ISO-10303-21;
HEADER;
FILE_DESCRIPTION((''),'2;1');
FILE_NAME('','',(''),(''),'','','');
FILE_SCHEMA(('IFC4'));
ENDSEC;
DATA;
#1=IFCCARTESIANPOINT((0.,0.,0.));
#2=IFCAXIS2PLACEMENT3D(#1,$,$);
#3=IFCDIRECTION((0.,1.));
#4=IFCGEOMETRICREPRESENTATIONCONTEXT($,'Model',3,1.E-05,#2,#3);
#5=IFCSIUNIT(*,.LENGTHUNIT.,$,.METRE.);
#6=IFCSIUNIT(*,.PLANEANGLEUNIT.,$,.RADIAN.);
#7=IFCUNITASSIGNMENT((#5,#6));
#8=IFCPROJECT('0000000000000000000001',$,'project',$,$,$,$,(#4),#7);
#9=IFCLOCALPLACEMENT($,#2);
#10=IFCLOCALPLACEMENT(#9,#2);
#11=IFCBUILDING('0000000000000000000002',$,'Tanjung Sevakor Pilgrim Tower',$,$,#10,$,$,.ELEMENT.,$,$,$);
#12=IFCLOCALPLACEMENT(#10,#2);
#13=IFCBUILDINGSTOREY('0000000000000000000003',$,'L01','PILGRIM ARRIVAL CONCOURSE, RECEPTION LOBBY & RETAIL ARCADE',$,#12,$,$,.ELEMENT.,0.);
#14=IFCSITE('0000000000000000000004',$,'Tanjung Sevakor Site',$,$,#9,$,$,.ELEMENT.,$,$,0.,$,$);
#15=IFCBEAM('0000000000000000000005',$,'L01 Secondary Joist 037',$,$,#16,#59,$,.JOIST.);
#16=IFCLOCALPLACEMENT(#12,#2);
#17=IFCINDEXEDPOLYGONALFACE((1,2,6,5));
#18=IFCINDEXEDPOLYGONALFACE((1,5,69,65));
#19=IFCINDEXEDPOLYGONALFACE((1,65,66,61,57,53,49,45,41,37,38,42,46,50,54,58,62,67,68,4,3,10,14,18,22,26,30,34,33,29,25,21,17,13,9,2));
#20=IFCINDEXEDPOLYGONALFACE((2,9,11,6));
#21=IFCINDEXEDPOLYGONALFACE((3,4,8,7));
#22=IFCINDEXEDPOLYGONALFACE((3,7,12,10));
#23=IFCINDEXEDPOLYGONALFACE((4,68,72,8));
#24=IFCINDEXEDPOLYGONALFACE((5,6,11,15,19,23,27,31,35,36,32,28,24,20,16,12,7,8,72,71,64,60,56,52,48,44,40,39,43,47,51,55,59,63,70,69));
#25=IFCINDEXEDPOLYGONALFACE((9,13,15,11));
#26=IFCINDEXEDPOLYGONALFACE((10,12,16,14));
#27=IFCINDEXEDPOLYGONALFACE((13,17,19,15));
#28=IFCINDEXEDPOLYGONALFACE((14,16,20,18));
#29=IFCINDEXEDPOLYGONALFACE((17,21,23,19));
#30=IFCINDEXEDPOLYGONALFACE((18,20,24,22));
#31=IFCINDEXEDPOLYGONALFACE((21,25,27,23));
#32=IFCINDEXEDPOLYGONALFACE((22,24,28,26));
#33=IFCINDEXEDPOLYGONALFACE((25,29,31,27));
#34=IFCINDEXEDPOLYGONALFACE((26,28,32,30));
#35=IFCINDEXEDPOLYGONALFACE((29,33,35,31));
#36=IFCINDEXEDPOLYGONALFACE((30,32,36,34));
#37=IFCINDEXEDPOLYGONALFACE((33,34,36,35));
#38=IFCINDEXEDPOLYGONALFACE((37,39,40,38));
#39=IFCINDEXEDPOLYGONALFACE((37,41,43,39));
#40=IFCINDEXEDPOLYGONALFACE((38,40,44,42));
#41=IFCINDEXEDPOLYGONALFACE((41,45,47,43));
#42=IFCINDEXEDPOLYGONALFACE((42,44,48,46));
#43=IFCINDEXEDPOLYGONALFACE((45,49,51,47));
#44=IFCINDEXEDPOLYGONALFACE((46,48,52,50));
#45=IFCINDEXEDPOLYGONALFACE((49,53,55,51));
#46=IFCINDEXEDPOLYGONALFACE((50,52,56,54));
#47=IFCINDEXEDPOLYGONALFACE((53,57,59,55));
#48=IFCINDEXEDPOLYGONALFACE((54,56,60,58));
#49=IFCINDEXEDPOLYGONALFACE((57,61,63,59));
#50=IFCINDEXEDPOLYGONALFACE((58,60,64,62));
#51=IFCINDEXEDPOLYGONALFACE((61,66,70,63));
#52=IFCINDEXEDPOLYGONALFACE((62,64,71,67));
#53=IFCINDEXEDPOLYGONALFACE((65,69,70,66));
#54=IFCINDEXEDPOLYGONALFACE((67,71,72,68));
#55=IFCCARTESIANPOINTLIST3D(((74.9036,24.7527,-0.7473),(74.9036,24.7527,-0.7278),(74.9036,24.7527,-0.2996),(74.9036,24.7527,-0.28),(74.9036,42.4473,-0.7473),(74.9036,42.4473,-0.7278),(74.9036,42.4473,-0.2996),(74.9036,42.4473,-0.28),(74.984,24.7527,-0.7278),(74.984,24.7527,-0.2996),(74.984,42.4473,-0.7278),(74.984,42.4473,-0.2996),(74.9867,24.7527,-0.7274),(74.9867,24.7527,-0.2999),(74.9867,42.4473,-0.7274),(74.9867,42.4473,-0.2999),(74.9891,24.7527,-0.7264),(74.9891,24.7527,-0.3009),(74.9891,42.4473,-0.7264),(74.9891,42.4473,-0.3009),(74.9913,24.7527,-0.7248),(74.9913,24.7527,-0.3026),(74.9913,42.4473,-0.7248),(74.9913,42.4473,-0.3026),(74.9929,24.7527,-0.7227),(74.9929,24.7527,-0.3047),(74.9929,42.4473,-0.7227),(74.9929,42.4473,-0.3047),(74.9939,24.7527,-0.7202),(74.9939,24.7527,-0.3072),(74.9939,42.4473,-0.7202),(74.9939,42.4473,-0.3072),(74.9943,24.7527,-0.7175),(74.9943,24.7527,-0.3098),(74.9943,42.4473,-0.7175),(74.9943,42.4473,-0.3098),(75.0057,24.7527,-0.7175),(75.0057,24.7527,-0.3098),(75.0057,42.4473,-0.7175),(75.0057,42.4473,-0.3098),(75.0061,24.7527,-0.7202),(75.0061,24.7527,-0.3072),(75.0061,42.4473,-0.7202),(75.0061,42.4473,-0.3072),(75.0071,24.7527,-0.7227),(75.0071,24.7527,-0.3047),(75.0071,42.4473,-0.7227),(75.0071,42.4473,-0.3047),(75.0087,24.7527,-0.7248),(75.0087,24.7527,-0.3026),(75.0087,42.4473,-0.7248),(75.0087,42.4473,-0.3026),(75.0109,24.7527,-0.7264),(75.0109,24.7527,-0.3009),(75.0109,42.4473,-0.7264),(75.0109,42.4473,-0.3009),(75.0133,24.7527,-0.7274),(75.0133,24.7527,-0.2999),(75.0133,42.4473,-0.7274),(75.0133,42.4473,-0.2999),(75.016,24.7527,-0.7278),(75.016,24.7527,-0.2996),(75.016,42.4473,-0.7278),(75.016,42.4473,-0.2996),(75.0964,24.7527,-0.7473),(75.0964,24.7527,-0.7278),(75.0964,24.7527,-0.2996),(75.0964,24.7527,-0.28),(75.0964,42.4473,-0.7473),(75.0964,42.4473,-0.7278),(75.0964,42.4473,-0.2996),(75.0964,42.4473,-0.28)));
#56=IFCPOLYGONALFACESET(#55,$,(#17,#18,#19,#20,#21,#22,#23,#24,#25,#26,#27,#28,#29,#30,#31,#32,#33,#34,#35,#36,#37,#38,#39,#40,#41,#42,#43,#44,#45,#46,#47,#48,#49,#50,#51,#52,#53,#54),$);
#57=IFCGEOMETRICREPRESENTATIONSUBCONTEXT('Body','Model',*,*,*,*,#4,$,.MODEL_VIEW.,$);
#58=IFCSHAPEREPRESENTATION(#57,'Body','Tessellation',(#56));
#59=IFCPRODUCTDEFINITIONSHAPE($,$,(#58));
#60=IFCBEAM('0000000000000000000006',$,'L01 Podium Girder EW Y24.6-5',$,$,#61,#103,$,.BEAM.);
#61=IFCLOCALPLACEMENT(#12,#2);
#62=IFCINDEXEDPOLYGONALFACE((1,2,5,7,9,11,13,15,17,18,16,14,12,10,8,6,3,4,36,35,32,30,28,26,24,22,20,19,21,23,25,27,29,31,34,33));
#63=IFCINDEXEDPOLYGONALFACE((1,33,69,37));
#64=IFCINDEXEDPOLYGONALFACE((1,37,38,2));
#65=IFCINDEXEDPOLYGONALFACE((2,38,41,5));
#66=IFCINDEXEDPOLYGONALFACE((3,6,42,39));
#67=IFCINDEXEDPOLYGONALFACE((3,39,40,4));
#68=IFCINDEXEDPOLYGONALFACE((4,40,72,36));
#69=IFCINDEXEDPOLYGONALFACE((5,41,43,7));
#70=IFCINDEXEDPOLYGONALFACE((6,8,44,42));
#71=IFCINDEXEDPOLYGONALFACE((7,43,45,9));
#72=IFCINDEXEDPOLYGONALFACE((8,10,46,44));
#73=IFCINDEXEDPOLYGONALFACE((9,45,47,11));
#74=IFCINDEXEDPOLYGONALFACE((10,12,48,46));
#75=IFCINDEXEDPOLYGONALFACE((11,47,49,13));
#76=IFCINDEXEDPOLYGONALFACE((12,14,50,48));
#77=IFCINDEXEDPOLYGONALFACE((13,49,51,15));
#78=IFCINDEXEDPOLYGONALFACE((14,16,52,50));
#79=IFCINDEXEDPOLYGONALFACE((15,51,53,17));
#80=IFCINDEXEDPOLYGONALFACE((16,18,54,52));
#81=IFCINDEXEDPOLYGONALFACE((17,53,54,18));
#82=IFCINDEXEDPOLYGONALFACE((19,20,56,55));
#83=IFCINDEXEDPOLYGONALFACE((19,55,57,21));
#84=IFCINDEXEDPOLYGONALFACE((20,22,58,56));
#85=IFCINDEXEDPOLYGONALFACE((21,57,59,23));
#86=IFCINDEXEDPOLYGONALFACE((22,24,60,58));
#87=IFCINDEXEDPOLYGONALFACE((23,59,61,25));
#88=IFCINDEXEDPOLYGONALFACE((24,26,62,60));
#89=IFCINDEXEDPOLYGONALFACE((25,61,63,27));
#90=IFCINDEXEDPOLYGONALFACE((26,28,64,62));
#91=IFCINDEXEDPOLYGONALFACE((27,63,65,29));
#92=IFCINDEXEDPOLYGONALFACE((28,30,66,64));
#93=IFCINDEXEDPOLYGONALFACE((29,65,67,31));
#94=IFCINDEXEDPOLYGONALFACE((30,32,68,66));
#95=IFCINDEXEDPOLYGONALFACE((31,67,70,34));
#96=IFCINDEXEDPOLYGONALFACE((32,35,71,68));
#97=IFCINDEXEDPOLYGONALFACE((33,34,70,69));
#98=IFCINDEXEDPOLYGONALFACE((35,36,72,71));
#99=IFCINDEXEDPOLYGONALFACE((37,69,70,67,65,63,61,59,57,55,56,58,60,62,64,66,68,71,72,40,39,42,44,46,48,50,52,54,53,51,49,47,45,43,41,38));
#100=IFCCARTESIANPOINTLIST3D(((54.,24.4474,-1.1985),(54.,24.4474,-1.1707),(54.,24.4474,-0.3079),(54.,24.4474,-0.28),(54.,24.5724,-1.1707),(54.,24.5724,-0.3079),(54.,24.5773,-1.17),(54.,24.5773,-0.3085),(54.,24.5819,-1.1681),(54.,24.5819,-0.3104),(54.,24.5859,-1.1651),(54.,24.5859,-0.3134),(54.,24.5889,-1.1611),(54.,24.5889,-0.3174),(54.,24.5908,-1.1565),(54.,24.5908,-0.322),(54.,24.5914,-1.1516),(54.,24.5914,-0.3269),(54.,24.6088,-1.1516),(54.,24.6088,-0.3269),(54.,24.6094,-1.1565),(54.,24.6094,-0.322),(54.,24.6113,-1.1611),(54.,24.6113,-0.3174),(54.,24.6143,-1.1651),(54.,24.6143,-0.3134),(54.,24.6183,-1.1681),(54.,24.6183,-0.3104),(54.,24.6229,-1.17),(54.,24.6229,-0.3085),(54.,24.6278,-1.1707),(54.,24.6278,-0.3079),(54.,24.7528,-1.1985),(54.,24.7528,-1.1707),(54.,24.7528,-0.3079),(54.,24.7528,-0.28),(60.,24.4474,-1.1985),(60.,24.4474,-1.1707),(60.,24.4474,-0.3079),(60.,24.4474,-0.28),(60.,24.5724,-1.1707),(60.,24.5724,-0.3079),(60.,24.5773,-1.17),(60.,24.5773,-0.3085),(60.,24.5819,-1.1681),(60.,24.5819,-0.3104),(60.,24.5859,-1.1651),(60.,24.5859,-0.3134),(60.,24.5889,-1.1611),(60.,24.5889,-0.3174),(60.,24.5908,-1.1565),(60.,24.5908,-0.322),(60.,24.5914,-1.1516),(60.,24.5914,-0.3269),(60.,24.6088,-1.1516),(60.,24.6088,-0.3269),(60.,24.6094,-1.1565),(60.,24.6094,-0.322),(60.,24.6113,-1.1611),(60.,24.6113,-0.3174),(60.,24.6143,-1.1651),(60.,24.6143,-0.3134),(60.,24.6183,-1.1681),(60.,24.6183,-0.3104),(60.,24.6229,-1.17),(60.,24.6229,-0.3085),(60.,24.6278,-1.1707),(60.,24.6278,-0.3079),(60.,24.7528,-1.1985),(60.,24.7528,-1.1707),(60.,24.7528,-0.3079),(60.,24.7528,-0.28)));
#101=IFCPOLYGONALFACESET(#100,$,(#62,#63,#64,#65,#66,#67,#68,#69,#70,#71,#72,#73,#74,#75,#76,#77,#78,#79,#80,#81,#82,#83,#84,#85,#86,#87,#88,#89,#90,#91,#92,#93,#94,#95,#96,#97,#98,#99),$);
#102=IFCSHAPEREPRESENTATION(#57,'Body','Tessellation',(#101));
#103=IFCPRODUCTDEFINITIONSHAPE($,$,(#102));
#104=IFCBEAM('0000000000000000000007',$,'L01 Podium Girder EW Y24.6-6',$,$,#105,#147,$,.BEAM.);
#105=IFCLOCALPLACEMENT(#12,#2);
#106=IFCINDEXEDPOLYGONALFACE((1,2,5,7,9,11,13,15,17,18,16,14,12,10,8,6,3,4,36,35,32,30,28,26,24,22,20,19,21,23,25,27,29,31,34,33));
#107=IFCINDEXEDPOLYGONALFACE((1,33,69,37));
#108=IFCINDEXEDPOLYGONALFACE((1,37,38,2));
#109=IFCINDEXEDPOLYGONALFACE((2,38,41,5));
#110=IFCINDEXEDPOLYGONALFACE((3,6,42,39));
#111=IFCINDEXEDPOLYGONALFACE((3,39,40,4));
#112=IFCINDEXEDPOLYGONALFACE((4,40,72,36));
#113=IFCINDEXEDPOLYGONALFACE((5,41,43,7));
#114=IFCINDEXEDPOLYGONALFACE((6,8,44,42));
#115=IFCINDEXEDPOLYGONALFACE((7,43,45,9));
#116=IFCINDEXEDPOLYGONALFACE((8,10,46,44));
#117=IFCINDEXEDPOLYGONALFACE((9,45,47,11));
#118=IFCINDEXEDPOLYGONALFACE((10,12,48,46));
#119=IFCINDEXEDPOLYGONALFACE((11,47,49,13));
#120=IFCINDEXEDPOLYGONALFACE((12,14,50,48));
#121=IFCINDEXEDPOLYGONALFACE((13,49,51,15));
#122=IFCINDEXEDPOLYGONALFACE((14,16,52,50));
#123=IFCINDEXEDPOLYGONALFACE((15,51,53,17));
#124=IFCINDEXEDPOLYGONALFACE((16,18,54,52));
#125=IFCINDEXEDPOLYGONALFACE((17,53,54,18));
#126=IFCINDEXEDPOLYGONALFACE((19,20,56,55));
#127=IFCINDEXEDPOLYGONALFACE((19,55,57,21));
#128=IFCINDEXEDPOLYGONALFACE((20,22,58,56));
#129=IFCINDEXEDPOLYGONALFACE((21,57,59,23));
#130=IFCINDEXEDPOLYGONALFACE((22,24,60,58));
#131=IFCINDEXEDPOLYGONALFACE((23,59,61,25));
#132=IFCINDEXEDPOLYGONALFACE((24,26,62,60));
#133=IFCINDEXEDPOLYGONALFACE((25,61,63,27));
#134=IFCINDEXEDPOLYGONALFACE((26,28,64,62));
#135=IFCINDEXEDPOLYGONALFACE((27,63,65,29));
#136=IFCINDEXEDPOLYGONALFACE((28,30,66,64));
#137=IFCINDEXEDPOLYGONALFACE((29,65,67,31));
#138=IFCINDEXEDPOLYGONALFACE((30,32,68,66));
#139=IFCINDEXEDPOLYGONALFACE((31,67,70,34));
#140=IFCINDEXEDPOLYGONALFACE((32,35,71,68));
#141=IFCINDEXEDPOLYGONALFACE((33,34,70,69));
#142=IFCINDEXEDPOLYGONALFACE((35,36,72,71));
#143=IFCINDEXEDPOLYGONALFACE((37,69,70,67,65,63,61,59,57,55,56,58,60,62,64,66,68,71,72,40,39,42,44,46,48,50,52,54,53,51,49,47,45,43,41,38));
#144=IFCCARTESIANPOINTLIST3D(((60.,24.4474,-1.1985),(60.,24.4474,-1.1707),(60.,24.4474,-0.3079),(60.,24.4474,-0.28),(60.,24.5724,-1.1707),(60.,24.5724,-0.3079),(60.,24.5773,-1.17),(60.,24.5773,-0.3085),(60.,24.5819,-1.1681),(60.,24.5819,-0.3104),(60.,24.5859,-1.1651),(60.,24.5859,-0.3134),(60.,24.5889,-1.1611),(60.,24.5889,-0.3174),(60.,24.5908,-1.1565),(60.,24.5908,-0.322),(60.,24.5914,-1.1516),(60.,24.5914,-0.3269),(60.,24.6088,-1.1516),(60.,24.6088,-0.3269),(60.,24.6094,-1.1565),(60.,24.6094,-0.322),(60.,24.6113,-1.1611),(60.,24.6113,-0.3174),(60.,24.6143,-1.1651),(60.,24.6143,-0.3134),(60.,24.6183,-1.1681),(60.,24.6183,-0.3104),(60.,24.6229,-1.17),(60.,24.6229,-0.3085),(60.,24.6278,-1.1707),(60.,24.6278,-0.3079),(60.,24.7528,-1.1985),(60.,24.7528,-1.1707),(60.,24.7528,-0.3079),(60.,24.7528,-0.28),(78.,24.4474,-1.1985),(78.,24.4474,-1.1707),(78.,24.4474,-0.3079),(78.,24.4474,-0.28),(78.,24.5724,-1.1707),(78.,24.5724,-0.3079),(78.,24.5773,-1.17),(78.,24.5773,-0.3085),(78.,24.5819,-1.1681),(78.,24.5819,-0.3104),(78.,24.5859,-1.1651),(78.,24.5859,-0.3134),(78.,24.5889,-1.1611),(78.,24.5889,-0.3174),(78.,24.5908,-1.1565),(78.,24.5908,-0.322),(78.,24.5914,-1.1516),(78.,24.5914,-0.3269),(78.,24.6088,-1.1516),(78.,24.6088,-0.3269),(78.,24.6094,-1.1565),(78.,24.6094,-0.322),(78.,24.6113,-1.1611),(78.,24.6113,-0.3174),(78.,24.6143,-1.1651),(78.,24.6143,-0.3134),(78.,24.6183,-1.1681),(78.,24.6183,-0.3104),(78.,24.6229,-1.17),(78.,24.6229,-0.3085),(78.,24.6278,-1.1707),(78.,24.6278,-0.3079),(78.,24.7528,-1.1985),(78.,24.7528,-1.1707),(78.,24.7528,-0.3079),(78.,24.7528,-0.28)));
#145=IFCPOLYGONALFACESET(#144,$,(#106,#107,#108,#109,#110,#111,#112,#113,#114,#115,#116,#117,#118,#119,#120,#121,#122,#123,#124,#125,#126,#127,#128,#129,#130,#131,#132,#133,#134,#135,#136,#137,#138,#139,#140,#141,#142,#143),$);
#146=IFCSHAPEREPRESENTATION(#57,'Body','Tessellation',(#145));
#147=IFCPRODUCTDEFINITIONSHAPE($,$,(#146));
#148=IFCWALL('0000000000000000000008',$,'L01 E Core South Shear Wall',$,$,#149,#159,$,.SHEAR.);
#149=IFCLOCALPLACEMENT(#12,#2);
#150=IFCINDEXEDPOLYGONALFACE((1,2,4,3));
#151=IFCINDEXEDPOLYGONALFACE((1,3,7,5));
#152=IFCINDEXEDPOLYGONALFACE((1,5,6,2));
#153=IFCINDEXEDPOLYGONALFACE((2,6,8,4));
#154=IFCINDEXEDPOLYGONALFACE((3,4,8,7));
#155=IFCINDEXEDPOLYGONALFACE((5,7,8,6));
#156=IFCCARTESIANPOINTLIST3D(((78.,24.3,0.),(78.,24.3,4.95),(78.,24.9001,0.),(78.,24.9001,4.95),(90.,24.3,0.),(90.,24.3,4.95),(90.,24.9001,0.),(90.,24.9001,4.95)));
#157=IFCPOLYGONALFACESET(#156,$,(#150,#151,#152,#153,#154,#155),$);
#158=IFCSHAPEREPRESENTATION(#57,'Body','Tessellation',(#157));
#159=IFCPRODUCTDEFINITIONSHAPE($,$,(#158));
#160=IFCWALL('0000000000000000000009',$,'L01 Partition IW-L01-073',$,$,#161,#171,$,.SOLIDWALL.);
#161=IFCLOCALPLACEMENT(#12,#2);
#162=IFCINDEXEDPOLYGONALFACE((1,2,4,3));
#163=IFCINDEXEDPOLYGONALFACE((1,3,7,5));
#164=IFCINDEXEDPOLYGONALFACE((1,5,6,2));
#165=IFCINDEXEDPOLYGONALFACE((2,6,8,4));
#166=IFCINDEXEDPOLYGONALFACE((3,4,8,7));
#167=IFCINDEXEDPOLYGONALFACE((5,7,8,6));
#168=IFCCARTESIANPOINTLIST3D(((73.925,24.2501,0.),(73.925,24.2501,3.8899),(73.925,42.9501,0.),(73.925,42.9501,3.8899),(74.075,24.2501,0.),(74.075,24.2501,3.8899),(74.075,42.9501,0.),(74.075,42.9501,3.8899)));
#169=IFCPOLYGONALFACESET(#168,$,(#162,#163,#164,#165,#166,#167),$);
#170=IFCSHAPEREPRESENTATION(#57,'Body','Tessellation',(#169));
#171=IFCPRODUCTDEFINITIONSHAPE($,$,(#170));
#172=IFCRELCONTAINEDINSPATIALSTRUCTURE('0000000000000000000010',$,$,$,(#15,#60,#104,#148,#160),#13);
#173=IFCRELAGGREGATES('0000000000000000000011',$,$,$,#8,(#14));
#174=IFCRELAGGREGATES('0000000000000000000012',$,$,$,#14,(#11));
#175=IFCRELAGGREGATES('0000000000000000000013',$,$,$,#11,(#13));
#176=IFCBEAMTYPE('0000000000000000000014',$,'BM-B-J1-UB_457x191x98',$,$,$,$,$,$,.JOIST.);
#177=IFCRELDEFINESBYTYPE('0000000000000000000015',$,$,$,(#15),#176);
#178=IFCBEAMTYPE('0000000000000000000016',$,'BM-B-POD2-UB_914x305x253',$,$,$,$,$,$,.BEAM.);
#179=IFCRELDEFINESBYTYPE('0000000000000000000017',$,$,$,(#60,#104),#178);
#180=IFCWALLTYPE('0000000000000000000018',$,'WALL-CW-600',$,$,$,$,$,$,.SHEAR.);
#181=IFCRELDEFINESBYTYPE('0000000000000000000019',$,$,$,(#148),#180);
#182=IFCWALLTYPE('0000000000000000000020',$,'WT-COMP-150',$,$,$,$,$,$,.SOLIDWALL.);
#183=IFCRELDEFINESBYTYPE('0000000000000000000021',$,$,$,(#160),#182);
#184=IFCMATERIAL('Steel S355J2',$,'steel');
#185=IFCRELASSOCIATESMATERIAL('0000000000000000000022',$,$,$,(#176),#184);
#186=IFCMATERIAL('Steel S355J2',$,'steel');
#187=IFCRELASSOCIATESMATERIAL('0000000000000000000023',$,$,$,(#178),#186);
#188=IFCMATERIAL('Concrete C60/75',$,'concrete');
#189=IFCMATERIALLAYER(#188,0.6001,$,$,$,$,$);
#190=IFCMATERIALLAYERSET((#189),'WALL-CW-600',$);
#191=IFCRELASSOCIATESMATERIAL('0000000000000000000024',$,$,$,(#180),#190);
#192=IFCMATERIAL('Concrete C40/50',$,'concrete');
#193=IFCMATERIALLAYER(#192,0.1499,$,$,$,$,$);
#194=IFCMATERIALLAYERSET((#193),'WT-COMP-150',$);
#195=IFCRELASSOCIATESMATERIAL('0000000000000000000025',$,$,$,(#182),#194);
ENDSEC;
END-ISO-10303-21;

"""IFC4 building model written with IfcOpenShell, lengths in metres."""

from ifc_helpers import new_model, si_unit, direction, frame, frame_2d, origin, origin_2d, place, context, subcontext, project, spatial, rectangle, i_section, extrude, material, layer, layer_set, material_profile, profile_set, type_object, element, save


model = new_model("IFC4")

# Units and contexts
model_context = context("Model", 3, precision=1e-05, world=origin(), true_north=direction((0.0, 1.0)))
body_context = subcontext(model_context, "Body", "Model", "MODEL_VIEW")
ifc_project = project(units=[si_unit("LENGTHUNIT", "METRE"), si_unit("PLANEANGLEUNIT", "RADIAN")], contexts=[model_context])

# Site, building, storey
site_placement = place(None, origin())
site = spatial("IfcSite", under=ifc_project, at=site_placement, Name="Tanjung Sevakor Site", CompositionType="ELEMENT", RefElevation=0.0)
building_placement = place(site_placement, origin())
building = spatial("IfcBuilding", under=site, at=building_placement, Name="Tanjung Sevakor Pilgrim Tower", CompositionType="ELEMENT")
storey_placement = place(building_placement, origin())
storey = spatial("IfcBuildingStorey", under=building, at=storey_placement, Name="L01", Description="PILGRIM ARRIVAL CONCOURSE, RECEPTION LOBBY & RETAIL ARCADE", CompositionType="ELEMENT", Elevation=0.0)

# Beams
ifc_material_1 = material(Name="Steel S355J2", Category="steel")
ifc_material_profile_1 = material_profile(ifc_material_1, i_section(OverallWidth=0.1929, OverallDepth=0.4673, WebThickness=0.0115, FlangeThickness=0.0195, FilletRadius=0.0103, at=origin_2d()))
ifc_profile_set_1 = profile_set([ifc_material_profile_1], Name="Steel S355J2")
beam_type_1 = type_object("IfcBeamType", Name="BM-B-J1-UB_457x191x98", PredefinedType="JOIST", material=ifc_profile_set_1)
for number, where, z_axis, x_axis, name in (
    (1, (75.0, 24.7527, -0.5137), (0.0, 1.0, 0.0), (-1.0, 0.0, 0.0), "L01 Secondary Joist 037"),
):
    element("IfcBeam", number, at=place(storey_placement, frame(where, z_axis=z_axis, x_axis=x_axis)), inside=storey, type_object=beam_type_1, Name=name, PredefinedType="JOIST", context=body_context, shape_type="SweptSolid", body=[
        extrude(i_section(OverallWidth=0.1929, OverallDepth=0.4673, WebThickness=0.0115, FlangeThickness=0.0195, FilletRadius=0.0103, at=origin_2d()), origin(), (0.0, 0.0, 1.0), 17.6946),
    ])
ifc_material_2 = material(Name="Steel S355J2", Category="steel")
ifc_material_profile_2 = material_profile(ifc_material_2, i_section(OverallWidth=0.3054, OverallDepth=0.9185, WebThickness=0.0173, FlangeThickness=0.0278, FilletRadius=0.019, at=origin_2d()))
ifc_profile_set_2 = profile_set([ifc_material_profile_2], Name="Steel S355J2")
beam_type_2 = type_object("IfcBeamType", Name="BM-B-POD2-UB_914x305x253", PredefinedType="BEAM", material=ifc_profile_set_2)
beam_1_placement = place(storey_placement, frame((54.0, 24.6001, -0.7393), z_axis=(1.0, 0.0, 0.0), x_axis=(0.0, 1.0, 0.0)))
element("IfcBeam", 2, at=beam_1_placement, inside=storey, type_object=beam_type_2, Name="L01 Podium Girder EW Y24.6-5", PredefinedType="BEAM", context=body_context, shape_type="SweptSolid", body=[
    extrude(i_section(OverallWidth=0.3054, OverallDepth=0.9185, WebThickness=0.0173, FlangeThickness=0.0278, FilletRadius=0.019, at=origin_2d()), origin(), (0.0, 0.0, 1.0), 6.0),
])
beam_2_placement = place(storey_placement, frame((60.0, 24.6001, -0.7393), z_axis=(1.0, 0.0, 0.0), x_axis=(0.0, 1.0, 0.0)))
element("IfcBeam", 3, at=beam_2_placement, inside=storey, type_object=beam_type_2, Name="L01 Podium Girder EW Y24.6-6", PredefinedType="BEAM", context=body_context, shape_type="SweptSolid", body=[
    extrude(i_section(OverallWidth=0.3054, OverallDepth=0.9185, WebThickness=0.0173, FlangeThickness=0.0278, FilletRadius=0.019, at=origin_2d()), origin(), (0.0, 0.0, 1.0), 18.0),
])

# Walls
ifc_material_3 = material(Name="Concrete C60/75", Category="concrete")
ifc_layer_1 = layer(ifc_material_3, 0.6001)
ifc_layer_set_1 = layer_set([ifc_layer_1], Name="WALL-CW-600")
wall_type_1 = type_object("IfcWallType", Name="WALL-CW-600", PredefinedType="SHEAR", material=ifc_layer_set_1)
wall_1_placement = place(storey_placement, frame((78.0, 24.6001, 0.0), z_axis=(0.0, 0.0, 1.0), x_axis=(1.0, 0.0, 0.0)))
element("IfcWall", 4, at=wall_1_placement, inside=storey, type_object=wall_type_1, Name="L01 E Core South Shear Wall", PredefinedType="SHEAR", context=body_context, shape_type="SweptSolid", body=[
    extrude(rectangle(XDim=12.0, YDim=0.6001, at=frame_2d((6.0, 0.0))), origin(), (0.0, 0.0, 1.0), 4.95),
])
ifc_material_4 = material(Name="Concrete C40/50", Category="concrete")
ifc_layer_2 = layer(ifc_material_4, 0.1499)
ifc_layer_set_2 = layer_set([ifc_layer_2], Name="WT-COMP-150")
wall_type_2 = type_object("IfcWallType", Name="WT-COMP-150", PredefinedType="SOLIDWALL", material=ifc_layer_set_2)
wall_2_placement = place(storey_placement, frame((74.0, 24.25, 0.0), z_axis=(0.0, 0.0, 1.0), x_axis=(0.0, 1.0, 0.0)))
element("IfcWall", 5, at=wall_2_placement, inside=storey, type_object=wall_type_2, Name="L01 Partition IW-L01-073", PredefinedType="SOLIDWALL", context=body_context, shape_type="SweptSolid", body=[
    extrude(rectangle(XDim=18.7, YDim=0.1499, at=frame_2d((9.3501, 0.0))), origin(), (0.0, 0.0, 1.0), 3.8899),
])

save(model, "model.ifc")
